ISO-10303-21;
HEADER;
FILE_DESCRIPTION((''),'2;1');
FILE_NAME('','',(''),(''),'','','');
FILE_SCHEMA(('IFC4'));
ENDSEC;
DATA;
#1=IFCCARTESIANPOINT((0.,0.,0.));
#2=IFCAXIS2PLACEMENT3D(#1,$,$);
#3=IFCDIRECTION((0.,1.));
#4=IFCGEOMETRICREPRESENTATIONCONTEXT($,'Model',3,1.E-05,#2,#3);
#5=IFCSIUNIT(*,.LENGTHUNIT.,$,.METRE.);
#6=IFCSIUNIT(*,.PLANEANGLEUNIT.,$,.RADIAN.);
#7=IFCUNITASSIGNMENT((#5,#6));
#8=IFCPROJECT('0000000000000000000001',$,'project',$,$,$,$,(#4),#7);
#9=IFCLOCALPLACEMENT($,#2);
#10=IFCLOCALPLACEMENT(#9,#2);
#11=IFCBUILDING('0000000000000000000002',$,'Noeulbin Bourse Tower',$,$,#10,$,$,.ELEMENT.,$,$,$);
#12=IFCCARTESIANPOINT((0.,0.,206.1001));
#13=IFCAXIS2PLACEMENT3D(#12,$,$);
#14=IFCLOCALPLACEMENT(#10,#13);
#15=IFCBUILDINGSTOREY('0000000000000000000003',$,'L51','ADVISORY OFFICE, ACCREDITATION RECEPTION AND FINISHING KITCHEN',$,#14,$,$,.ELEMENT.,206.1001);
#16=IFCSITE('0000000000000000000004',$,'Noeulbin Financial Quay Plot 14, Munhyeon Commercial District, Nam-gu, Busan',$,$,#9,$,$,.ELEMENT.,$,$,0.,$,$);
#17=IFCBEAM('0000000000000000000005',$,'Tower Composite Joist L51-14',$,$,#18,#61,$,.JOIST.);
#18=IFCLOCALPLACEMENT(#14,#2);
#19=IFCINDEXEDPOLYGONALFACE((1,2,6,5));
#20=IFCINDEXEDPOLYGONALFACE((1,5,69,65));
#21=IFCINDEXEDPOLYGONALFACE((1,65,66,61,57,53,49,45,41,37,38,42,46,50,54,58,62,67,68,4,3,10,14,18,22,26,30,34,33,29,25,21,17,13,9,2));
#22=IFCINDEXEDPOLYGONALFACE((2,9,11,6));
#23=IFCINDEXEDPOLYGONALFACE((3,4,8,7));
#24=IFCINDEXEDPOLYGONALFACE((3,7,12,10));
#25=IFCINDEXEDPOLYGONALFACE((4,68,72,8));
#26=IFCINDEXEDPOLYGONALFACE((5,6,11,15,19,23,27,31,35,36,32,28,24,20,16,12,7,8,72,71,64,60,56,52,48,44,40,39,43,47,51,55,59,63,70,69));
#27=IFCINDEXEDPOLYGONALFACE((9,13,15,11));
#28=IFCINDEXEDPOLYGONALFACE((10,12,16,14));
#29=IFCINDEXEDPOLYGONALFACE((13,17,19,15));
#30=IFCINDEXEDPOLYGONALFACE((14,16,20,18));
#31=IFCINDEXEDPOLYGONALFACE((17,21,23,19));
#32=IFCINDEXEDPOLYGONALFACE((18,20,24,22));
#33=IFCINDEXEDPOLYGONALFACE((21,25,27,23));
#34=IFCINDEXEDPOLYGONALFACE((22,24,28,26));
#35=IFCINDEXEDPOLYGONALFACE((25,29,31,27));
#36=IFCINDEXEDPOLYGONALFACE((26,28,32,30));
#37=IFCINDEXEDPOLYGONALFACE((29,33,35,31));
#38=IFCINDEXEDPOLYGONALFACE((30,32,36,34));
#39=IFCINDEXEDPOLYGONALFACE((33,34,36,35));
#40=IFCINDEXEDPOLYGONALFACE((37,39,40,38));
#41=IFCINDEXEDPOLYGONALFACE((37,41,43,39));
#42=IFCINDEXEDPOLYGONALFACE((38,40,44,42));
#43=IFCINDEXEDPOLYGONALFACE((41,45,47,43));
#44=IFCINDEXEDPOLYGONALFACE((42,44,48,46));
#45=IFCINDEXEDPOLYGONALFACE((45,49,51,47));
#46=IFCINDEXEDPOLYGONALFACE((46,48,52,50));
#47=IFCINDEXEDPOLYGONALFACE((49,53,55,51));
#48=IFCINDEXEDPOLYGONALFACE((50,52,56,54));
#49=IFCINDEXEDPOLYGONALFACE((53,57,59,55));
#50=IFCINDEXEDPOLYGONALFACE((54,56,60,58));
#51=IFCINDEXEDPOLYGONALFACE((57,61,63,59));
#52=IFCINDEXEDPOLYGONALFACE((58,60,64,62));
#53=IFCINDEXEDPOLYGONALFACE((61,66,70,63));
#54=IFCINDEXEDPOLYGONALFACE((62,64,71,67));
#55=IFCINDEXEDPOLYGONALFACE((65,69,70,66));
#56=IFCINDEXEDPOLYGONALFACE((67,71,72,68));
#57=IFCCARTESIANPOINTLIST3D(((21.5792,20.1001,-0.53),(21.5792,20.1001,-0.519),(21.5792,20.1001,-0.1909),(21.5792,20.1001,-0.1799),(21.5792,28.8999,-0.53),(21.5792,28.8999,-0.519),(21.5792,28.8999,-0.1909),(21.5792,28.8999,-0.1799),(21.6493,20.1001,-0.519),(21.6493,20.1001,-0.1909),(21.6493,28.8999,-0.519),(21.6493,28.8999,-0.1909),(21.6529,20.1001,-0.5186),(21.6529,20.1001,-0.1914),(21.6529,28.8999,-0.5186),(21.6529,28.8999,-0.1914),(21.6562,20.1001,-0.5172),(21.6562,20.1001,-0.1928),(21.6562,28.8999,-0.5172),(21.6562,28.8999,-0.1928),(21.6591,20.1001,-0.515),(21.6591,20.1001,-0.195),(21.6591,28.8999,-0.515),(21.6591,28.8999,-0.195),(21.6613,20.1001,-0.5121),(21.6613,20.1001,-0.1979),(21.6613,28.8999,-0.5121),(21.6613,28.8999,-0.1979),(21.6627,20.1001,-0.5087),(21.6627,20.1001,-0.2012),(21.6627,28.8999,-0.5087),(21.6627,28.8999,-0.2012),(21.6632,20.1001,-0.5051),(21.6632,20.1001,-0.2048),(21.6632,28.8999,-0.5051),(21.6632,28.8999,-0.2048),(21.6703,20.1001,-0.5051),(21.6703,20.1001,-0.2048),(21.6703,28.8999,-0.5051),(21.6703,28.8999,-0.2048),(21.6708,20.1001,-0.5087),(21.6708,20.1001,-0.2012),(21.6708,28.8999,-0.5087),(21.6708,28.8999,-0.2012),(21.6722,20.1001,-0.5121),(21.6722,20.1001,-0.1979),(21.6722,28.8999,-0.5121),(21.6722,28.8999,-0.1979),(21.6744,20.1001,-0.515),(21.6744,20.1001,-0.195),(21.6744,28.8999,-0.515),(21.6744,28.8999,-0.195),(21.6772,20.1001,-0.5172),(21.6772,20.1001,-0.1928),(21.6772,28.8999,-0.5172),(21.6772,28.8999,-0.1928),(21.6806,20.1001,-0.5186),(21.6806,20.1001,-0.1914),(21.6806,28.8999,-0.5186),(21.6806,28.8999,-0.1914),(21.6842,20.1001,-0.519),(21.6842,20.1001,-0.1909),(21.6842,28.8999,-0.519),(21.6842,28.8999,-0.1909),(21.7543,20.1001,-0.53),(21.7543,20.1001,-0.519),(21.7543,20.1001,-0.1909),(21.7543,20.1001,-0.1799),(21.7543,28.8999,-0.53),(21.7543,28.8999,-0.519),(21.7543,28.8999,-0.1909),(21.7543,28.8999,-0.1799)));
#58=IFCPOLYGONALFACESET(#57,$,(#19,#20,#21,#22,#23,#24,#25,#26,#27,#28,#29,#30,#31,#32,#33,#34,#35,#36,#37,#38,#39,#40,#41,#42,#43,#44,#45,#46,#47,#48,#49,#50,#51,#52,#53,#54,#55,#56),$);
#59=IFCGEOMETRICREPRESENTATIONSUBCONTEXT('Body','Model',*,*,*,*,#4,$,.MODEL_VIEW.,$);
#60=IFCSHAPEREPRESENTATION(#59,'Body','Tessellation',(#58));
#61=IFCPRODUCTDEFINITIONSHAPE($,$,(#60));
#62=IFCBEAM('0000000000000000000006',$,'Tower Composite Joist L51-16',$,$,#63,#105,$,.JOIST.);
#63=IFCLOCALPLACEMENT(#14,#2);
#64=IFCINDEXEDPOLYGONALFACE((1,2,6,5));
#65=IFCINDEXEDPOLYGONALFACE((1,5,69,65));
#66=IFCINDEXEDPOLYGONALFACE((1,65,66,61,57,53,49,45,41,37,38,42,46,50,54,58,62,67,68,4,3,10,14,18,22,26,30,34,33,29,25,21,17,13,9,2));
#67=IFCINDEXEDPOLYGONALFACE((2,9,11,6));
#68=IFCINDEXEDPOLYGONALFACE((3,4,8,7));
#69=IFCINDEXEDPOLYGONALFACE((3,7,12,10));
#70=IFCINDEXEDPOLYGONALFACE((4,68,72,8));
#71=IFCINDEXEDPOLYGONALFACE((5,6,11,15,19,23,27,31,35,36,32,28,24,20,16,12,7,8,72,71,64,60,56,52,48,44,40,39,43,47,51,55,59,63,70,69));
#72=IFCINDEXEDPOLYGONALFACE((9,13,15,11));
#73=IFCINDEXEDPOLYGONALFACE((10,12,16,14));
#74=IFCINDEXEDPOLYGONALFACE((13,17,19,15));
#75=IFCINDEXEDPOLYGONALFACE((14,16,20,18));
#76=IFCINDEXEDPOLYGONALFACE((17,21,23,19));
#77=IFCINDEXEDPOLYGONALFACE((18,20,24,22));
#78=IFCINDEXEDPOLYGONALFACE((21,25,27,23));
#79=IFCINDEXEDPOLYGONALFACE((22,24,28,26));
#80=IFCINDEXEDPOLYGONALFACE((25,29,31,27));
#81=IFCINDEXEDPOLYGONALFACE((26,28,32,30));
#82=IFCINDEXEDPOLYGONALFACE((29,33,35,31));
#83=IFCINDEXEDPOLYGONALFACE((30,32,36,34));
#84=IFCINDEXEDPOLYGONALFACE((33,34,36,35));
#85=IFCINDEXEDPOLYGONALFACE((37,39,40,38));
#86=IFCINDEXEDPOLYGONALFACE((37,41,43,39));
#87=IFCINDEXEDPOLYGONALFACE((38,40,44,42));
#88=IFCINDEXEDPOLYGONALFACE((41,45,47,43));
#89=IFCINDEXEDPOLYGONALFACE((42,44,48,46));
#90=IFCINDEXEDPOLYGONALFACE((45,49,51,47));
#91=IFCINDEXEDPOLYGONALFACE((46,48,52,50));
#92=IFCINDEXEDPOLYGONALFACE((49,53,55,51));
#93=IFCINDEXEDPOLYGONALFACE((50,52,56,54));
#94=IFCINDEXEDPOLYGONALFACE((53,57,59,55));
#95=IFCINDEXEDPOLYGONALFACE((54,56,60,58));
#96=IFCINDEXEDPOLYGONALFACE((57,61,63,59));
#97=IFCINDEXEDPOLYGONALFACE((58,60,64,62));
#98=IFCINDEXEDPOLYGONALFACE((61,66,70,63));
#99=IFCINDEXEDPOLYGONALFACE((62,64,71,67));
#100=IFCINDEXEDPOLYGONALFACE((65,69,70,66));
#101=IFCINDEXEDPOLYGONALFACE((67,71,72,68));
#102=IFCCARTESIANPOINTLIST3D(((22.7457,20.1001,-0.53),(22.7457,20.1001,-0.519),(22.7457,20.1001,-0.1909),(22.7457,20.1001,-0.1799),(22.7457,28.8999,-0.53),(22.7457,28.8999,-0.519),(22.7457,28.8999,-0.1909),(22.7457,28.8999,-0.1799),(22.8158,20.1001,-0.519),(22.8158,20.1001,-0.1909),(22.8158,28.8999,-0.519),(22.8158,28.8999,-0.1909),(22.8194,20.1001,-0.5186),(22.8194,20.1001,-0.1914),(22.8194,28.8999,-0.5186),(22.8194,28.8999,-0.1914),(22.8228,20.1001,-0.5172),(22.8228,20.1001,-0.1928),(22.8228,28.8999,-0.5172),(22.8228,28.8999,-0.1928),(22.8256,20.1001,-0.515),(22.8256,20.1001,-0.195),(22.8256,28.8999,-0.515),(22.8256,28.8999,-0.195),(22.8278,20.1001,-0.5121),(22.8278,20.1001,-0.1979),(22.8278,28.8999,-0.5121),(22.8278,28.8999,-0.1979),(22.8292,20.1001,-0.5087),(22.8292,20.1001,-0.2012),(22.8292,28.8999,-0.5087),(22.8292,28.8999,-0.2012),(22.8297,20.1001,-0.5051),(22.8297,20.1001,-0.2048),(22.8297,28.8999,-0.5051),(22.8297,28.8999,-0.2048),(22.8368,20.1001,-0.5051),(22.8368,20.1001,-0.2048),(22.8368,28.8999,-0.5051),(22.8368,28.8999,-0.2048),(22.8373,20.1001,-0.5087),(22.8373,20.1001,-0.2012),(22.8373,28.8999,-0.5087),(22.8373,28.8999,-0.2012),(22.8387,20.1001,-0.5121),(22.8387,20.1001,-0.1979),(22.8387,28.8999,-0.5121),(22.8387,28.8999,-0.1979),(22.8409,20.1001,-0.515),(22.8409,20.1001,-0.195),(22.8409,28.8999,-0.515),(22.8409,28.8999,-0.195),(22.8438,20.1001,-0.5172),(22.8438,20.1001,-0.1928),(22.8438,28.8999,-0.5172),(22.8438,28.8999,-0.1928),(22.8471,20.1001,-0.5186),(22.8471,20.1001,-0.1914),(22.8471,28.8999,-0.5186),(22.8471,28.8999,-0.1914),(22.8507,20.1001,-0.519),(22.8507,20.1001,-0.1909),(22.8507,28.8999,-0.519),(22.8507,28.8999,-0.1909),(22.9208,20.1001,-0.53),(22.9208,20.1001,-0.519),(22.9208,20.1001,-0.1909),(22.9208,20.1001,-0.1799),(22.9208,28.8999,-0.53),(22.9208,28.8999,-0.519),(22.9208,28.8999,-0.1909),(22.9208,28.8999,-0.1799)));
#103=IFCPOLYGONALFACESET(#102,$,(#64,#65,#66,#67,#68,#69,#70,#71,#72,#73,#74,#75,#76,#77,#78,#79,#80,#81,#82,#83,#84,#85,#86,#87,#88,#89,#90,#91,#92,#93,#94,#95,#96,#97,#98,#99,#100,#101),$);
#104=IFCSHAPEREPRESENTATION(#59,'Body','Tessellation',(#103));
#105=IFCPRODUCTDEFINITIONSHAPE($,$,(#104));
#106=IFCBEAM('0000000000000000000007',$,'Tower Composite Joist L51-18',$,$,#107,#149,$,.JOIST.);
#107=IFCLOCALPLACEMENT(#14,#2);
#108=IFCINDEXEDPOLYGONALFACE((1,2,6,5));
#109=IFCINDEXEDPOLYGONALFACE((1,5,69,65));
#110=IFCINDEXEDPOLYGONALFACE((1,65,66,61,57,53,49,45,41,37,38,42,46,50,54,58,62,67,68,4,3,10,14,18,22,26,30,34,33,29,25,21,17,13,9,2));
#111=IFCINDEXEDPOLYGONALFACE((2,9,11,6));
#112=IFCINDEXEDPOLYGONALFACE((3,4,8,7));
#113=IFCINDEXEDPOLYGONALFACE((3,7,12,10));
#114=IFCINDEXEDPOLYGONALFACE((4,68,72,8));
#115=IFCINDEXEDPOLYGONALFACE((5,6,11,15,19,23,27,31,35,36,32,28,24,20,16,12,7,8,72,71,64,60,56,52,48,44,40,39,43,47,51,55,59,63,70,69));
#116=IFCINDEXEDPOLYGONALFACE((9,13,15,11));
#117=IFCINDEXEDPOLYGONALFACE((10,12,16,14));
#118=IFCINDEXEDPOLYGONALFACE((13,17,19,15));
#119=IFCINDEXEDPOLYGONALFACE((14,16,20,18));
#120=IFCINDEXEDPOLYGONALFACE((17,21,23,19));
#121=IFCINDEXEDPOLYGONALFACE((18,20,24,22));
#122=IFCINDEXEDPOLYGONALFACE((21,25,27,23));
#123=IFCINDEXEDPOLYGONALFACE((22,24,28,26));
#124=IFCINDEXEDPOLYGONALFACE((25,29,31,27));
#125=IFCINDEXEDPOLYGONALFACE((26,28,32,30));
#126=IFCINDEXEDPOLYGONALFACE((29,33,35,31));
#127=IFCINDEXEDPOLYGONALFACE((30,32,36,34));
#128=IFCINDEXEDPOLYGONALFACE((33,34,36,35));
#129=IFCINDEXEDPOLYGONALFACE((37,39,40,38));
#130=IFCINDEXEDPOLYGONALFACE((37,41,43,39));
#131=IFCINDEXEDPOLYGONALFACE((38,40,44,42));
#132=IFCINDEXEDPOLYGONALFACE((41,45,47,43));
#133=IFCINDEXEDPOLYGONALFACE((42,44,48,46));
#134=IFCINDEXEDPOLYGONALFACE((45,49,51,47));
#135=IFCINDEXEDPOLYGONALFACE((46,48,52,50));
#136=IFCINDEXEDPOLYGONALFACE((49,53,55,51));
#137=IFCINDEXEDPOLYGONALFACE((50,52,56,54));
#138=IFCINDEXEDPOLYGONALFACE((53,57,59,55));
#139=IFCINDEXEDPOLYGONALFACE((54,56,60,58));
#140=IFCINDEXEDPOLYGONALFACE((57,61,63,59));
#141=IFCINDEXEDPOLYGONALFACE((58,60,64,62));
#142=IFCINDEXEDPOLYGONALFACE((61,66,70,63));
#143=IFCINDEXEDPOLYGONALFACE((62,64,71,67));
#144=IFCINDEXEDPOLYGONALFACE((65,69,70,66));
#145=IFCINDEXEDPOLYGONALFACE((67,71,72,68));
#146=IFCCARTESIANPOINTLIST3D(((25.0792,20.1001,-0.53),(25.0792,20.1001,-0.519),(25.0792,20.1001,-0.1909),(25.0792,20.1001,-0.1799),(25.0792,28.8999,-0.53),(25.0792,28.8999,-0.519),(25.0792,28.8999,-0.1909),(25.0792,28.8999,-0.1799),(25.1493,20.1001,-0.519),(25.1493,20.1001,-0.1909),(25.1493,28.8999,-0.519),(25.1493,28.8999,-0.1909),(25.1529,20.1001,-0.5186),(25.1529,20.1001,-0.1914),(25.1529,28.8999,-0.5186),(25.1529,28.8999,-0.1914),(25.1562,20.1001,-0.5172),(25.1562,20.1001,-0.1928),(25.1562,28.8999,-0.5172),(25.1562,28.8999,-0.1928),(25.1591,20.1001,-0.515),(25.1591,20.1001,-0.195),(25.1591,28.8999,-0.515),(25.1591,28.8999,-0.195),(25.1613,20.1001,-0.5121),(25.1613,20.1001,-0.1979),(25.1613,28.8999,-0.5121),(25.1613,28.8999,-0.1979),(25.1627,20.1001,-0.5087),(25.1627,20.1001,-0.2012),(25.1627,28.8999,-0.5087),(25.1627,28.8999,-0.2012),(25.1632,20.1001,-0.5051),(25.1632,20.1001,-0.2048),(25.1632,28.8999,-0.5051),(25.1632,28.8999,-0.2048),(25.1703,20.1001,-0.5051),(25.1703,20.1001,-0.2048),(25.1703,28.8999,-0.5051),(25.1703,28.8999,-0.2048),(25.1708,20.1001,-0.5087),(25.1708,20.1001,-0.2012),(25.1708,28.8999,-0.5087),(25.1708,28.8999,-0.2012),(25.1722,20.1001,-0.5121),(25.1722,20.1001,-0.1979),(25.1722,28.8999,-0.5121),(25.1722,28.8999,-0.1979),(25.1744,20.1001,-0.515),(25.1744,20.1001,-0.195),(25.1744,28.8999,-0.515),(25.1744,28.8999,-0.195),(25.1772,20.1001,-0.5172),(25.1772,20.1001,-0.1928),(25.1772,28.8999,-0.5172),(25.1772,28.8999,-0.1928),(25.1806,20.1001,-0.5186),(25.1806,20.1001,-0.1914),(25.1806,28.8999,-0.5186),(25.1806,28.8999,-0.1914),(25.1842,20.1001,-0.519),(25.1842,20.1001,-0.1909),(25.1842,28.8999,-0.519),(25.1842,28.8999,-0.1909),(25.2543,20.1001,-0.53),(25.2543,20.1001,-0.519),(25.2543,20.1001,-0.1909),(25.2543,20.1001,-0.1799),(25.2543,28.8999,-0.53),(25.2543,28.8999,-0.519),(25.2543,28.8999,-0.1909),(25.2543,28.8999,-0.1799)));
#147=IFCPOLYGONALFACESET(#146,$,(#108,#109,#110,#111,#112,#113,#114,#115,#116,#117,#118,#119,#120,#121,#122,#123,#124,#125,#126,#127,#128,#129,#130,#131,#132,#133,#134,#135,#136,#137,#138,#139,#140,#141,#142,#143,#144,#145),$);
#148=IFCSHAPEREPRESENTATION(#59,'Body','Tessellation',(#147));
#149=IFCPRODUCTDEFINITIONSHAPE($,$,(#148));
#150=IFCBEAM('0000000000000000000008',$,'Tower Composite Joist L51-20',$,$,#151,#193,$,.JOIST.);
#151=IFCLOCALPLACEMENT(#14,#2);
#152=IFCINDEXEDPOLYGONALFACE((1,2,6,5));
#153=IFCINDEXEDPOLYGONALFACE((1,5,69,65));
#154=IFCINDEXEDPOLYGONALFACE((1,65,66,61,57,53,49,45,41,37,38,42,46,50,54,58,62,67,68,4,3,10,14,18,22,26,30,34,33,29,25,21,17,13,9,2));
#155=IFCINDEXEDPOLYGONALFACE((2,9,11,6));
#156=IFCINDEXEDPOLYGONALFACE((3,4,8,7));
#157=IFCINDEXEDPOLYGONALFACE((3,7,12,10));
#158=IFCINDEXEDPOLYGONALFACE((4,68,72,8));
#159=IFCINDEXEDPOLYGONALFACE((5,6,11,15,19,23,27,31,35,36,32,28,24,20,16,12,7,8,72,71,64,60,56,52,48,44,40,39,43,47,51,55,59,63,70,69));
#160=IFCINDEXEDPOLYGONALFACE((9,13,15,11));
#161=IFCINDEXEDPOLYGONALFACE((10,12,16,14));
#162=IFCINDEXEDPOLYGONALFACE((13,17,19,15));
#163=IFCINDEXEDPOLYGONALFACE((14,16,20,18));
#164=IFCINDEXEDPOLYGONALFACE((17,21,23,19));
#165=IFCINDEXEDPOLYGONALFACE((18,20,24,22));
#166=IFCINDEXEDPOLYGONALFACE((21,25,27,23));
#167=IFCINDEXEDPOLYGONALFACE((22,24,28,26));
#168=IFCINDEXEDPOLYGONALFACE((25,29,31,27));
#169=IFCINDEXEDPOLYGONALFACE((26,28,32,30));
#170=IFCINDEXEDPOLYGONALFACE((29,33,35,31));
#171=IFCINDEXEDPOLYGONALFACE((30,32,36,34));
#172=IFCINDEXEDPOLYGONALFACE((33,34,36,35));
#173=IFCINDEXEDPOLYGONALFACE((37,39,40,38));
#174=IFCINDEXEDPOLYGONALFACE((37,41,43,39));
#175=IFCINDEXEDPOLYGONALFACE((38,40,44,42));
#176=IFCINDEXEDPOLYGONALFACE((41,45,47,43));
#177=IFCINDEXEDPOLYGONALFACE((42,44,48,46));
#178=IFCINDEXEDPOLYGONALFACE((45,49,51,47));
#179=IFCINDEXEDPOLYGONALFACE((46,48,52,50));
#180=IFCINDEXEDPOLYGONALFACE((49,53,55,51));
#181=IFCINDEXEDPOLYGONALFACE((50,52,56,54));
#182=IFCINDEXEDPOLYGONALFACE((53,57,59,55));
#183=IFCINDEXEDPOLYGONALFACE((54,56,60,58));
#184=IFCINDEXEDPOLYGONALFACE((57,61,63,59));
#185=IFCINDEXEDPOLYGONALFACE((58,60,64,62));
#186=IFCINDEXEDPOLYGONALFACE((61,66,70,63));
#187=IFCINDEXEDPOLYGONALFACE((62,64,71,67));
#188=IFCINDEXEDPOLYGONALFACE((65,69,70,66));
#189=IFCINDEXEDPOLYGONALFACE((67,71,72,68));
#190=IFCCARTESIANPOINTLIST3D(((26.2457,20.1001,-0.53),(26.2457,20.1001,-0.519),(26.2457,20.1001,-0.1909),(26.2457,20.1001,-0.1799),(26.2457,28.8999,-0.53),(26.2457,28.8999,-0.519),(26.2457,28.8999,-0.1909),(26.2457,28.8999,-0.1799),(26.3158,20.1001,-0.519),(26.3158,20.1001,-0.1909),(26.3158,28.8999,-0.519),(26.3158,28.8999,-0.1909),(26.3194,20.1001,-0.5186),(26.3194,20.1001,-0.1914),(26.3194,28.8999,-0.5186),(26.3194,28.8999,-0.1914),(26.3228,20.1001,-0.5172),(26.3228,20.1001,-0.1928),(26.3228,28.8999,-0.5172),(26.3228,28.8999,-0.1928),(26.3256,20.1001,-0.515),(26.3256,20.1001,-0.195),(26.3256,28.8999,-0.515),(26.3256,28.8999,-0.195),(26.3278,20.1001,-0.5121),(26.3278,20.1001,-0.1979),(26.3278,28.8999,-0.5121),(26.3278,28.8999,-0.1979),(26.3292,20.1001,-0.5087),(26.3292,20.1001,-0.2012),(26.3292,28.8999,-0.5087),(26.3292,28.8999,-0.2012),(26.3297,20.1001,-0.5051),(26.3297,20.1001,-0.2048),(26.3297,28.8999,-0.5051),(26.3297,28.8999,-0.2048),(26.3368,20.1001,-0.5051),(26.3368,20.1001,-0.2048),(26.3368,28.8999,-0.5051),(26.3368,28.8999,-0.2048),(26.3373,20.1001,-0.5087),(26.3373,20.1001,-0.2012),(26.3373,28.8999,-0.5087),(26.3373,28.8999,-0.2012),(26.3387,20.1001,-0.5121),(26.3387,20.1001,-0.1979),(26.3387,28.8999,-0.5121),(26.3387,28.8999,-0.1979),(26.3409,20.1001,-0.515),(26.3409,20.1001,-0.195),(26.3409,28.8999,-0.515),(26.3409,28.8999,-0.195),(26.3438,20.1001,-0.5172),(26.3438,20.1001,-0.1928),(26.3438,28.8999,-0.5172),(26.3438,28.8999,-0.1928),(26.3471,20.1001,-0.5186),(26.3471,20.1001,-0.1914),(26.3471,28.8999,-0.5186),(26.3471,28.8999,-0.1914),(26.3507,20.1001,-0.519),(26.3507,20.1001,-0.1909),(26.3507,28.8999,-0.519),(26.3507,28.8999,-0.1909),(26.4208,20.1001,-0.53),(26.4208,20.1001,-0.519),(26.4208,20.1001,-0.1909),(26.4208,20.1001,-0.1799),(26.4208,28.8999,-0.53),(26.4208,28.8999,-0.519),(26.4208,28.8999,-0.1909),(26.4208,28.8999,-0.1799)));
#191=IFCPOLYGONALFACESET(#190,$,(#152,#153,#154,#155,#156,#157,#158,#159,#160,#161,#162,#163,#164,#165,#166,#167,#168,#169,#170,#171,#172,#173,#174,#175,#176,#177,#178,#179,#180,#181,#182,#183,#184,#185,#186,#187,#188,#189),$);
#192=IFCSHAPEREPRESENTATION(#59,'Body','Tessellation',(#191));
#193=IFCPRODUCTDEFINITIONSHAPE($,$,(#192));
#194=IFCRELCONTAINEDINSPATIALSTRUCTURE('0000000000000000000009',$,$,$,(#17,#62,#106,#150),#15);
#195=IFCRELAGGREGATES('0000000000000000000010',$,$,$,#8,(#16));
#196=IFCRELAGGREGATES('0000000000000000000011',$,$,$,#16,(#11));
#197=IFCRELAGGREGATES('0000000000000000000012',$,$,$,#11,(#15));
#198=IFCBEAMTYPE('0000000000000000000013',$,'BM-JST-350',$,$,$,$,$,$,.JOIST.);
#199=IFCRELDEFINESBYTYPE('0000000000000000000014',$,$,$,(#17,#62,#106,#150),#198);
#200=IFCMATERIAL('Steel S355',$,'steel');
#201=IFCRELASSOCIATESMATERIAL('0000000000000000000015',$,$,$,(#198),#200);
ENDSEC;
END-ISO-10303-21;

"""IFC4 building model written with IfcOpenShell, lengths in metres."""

from ifc_helpers import new_model, si_unit, direction, frame, origin, origin_2d, place, context, subcontext, project, spatial, i_section, extrude, material, material_profile, profile_set, type_object, element, save


model = new_model("IFC4")

# Units and contexts
model_context = context("Model", 3, precision=1e-05, world=origin(), true_north=direction((0.0, 1.0)))
body_context = subcontext(model_context, "Body", "Model", "MODEL_VIEW")
ifc_project = project(units=[si_unit("LENGTHUNIT", "METRE"), si_unit("PLANEANGLEUNIT", "RADIAN")], contexts=[model_context])

# Site, building, storey
site_placement = place(None, origin())
site = spatial("IfcSite", under=ifc_project, at=site_placement, Name="Noeulbin Financial Quay Plot 14, Munhyeon Commercial District, Nam-gu, Busan", CompositionType="ELEMENT", RefElevation=0.0)
building_placement = place(site_placement, origin())
building = spatial("IfcBuilding", under=site, at=building_placement, Name="Noeulbin Bourse Tower", CompositionType="ELEMENT")
storey_placement = place(building_placement, frame((0.0, 0.0, 206.1001)))
storey = spatial("IfcBuildingStorey", under=building, at=storey_placement, Name="L51", Description="ADVISORY OFFICE, ACCREDITATION RECEPTION AND FINISHING KITCHEN", CompositionType="ELEMENT", Elevation=206.1001)

# Shared definitions
ifc_material_1 = material(Name="Steel S355", Category="steel")

# Beams
ifc_material_profile_1 = material_profile(ifc_material_1, i_section(OverallWidth=0.175, OverallDepth=0.3501, WebThickness=0.0071, FlangeThickness=0.011, FilletRadius=0.0139, at=origin_2d()), Name="H-350x175x7x11", Category="LoadBearing")
ifc_profile_set_1 = profile_set([ifc_material_profile_1], Name="Steel S355")
beam_type_1 = type_object("IfcBeamType", Name="BM-JST-350", PredefinedType="JOIST", material=ifc_profile_set_1)
for number, where, z_axis, x_axis, name in (
    (1, (21.6667, 20.1001, -0.355), (0.0, 1.0, 0.0), (-1.0, 0.0, 0.0), "Tower Composite Joist L51-14"),
    (2, (22.8333, 20.1001, -0.355), (0.0, 1.0, 0.0), (-1.0, 0.0, 0.0), "Tower Composite Joist L51-16"),
    (3, (25.1667, 20.1001, -0.355), (0.0, 1.0, 0.0), (-1.0, 0.0, 0.0), "Tower Composite Joist L51-18"),
    (4, (26.3333, 20.1001, -0.355), (0.0, 1.0, 0.0), (-1.0, 0.0, 0.0), "Tower Composite Joist L51-20"),
):
    element("IfcBeam", number, at=place(storey_placement, frame(where, z_axis=z_axis, x_axis=x_axis)), inside=storey, type_object=beam_type_1, Name=name, PredefinedType="JOIST", context=body_context, shape_type="SweptSolid", body=[
        extrude(i_section(OverallWidth=0.175, OverallDepth=0.3501, WebThickness=0.0071, FlangeThickness=0.011, FilletRadius=0.0139, at=origin_2d()), origin(), (0.0, 0.0, 1.0), 8.7998),
    ])

save(model, "model.ifc")
